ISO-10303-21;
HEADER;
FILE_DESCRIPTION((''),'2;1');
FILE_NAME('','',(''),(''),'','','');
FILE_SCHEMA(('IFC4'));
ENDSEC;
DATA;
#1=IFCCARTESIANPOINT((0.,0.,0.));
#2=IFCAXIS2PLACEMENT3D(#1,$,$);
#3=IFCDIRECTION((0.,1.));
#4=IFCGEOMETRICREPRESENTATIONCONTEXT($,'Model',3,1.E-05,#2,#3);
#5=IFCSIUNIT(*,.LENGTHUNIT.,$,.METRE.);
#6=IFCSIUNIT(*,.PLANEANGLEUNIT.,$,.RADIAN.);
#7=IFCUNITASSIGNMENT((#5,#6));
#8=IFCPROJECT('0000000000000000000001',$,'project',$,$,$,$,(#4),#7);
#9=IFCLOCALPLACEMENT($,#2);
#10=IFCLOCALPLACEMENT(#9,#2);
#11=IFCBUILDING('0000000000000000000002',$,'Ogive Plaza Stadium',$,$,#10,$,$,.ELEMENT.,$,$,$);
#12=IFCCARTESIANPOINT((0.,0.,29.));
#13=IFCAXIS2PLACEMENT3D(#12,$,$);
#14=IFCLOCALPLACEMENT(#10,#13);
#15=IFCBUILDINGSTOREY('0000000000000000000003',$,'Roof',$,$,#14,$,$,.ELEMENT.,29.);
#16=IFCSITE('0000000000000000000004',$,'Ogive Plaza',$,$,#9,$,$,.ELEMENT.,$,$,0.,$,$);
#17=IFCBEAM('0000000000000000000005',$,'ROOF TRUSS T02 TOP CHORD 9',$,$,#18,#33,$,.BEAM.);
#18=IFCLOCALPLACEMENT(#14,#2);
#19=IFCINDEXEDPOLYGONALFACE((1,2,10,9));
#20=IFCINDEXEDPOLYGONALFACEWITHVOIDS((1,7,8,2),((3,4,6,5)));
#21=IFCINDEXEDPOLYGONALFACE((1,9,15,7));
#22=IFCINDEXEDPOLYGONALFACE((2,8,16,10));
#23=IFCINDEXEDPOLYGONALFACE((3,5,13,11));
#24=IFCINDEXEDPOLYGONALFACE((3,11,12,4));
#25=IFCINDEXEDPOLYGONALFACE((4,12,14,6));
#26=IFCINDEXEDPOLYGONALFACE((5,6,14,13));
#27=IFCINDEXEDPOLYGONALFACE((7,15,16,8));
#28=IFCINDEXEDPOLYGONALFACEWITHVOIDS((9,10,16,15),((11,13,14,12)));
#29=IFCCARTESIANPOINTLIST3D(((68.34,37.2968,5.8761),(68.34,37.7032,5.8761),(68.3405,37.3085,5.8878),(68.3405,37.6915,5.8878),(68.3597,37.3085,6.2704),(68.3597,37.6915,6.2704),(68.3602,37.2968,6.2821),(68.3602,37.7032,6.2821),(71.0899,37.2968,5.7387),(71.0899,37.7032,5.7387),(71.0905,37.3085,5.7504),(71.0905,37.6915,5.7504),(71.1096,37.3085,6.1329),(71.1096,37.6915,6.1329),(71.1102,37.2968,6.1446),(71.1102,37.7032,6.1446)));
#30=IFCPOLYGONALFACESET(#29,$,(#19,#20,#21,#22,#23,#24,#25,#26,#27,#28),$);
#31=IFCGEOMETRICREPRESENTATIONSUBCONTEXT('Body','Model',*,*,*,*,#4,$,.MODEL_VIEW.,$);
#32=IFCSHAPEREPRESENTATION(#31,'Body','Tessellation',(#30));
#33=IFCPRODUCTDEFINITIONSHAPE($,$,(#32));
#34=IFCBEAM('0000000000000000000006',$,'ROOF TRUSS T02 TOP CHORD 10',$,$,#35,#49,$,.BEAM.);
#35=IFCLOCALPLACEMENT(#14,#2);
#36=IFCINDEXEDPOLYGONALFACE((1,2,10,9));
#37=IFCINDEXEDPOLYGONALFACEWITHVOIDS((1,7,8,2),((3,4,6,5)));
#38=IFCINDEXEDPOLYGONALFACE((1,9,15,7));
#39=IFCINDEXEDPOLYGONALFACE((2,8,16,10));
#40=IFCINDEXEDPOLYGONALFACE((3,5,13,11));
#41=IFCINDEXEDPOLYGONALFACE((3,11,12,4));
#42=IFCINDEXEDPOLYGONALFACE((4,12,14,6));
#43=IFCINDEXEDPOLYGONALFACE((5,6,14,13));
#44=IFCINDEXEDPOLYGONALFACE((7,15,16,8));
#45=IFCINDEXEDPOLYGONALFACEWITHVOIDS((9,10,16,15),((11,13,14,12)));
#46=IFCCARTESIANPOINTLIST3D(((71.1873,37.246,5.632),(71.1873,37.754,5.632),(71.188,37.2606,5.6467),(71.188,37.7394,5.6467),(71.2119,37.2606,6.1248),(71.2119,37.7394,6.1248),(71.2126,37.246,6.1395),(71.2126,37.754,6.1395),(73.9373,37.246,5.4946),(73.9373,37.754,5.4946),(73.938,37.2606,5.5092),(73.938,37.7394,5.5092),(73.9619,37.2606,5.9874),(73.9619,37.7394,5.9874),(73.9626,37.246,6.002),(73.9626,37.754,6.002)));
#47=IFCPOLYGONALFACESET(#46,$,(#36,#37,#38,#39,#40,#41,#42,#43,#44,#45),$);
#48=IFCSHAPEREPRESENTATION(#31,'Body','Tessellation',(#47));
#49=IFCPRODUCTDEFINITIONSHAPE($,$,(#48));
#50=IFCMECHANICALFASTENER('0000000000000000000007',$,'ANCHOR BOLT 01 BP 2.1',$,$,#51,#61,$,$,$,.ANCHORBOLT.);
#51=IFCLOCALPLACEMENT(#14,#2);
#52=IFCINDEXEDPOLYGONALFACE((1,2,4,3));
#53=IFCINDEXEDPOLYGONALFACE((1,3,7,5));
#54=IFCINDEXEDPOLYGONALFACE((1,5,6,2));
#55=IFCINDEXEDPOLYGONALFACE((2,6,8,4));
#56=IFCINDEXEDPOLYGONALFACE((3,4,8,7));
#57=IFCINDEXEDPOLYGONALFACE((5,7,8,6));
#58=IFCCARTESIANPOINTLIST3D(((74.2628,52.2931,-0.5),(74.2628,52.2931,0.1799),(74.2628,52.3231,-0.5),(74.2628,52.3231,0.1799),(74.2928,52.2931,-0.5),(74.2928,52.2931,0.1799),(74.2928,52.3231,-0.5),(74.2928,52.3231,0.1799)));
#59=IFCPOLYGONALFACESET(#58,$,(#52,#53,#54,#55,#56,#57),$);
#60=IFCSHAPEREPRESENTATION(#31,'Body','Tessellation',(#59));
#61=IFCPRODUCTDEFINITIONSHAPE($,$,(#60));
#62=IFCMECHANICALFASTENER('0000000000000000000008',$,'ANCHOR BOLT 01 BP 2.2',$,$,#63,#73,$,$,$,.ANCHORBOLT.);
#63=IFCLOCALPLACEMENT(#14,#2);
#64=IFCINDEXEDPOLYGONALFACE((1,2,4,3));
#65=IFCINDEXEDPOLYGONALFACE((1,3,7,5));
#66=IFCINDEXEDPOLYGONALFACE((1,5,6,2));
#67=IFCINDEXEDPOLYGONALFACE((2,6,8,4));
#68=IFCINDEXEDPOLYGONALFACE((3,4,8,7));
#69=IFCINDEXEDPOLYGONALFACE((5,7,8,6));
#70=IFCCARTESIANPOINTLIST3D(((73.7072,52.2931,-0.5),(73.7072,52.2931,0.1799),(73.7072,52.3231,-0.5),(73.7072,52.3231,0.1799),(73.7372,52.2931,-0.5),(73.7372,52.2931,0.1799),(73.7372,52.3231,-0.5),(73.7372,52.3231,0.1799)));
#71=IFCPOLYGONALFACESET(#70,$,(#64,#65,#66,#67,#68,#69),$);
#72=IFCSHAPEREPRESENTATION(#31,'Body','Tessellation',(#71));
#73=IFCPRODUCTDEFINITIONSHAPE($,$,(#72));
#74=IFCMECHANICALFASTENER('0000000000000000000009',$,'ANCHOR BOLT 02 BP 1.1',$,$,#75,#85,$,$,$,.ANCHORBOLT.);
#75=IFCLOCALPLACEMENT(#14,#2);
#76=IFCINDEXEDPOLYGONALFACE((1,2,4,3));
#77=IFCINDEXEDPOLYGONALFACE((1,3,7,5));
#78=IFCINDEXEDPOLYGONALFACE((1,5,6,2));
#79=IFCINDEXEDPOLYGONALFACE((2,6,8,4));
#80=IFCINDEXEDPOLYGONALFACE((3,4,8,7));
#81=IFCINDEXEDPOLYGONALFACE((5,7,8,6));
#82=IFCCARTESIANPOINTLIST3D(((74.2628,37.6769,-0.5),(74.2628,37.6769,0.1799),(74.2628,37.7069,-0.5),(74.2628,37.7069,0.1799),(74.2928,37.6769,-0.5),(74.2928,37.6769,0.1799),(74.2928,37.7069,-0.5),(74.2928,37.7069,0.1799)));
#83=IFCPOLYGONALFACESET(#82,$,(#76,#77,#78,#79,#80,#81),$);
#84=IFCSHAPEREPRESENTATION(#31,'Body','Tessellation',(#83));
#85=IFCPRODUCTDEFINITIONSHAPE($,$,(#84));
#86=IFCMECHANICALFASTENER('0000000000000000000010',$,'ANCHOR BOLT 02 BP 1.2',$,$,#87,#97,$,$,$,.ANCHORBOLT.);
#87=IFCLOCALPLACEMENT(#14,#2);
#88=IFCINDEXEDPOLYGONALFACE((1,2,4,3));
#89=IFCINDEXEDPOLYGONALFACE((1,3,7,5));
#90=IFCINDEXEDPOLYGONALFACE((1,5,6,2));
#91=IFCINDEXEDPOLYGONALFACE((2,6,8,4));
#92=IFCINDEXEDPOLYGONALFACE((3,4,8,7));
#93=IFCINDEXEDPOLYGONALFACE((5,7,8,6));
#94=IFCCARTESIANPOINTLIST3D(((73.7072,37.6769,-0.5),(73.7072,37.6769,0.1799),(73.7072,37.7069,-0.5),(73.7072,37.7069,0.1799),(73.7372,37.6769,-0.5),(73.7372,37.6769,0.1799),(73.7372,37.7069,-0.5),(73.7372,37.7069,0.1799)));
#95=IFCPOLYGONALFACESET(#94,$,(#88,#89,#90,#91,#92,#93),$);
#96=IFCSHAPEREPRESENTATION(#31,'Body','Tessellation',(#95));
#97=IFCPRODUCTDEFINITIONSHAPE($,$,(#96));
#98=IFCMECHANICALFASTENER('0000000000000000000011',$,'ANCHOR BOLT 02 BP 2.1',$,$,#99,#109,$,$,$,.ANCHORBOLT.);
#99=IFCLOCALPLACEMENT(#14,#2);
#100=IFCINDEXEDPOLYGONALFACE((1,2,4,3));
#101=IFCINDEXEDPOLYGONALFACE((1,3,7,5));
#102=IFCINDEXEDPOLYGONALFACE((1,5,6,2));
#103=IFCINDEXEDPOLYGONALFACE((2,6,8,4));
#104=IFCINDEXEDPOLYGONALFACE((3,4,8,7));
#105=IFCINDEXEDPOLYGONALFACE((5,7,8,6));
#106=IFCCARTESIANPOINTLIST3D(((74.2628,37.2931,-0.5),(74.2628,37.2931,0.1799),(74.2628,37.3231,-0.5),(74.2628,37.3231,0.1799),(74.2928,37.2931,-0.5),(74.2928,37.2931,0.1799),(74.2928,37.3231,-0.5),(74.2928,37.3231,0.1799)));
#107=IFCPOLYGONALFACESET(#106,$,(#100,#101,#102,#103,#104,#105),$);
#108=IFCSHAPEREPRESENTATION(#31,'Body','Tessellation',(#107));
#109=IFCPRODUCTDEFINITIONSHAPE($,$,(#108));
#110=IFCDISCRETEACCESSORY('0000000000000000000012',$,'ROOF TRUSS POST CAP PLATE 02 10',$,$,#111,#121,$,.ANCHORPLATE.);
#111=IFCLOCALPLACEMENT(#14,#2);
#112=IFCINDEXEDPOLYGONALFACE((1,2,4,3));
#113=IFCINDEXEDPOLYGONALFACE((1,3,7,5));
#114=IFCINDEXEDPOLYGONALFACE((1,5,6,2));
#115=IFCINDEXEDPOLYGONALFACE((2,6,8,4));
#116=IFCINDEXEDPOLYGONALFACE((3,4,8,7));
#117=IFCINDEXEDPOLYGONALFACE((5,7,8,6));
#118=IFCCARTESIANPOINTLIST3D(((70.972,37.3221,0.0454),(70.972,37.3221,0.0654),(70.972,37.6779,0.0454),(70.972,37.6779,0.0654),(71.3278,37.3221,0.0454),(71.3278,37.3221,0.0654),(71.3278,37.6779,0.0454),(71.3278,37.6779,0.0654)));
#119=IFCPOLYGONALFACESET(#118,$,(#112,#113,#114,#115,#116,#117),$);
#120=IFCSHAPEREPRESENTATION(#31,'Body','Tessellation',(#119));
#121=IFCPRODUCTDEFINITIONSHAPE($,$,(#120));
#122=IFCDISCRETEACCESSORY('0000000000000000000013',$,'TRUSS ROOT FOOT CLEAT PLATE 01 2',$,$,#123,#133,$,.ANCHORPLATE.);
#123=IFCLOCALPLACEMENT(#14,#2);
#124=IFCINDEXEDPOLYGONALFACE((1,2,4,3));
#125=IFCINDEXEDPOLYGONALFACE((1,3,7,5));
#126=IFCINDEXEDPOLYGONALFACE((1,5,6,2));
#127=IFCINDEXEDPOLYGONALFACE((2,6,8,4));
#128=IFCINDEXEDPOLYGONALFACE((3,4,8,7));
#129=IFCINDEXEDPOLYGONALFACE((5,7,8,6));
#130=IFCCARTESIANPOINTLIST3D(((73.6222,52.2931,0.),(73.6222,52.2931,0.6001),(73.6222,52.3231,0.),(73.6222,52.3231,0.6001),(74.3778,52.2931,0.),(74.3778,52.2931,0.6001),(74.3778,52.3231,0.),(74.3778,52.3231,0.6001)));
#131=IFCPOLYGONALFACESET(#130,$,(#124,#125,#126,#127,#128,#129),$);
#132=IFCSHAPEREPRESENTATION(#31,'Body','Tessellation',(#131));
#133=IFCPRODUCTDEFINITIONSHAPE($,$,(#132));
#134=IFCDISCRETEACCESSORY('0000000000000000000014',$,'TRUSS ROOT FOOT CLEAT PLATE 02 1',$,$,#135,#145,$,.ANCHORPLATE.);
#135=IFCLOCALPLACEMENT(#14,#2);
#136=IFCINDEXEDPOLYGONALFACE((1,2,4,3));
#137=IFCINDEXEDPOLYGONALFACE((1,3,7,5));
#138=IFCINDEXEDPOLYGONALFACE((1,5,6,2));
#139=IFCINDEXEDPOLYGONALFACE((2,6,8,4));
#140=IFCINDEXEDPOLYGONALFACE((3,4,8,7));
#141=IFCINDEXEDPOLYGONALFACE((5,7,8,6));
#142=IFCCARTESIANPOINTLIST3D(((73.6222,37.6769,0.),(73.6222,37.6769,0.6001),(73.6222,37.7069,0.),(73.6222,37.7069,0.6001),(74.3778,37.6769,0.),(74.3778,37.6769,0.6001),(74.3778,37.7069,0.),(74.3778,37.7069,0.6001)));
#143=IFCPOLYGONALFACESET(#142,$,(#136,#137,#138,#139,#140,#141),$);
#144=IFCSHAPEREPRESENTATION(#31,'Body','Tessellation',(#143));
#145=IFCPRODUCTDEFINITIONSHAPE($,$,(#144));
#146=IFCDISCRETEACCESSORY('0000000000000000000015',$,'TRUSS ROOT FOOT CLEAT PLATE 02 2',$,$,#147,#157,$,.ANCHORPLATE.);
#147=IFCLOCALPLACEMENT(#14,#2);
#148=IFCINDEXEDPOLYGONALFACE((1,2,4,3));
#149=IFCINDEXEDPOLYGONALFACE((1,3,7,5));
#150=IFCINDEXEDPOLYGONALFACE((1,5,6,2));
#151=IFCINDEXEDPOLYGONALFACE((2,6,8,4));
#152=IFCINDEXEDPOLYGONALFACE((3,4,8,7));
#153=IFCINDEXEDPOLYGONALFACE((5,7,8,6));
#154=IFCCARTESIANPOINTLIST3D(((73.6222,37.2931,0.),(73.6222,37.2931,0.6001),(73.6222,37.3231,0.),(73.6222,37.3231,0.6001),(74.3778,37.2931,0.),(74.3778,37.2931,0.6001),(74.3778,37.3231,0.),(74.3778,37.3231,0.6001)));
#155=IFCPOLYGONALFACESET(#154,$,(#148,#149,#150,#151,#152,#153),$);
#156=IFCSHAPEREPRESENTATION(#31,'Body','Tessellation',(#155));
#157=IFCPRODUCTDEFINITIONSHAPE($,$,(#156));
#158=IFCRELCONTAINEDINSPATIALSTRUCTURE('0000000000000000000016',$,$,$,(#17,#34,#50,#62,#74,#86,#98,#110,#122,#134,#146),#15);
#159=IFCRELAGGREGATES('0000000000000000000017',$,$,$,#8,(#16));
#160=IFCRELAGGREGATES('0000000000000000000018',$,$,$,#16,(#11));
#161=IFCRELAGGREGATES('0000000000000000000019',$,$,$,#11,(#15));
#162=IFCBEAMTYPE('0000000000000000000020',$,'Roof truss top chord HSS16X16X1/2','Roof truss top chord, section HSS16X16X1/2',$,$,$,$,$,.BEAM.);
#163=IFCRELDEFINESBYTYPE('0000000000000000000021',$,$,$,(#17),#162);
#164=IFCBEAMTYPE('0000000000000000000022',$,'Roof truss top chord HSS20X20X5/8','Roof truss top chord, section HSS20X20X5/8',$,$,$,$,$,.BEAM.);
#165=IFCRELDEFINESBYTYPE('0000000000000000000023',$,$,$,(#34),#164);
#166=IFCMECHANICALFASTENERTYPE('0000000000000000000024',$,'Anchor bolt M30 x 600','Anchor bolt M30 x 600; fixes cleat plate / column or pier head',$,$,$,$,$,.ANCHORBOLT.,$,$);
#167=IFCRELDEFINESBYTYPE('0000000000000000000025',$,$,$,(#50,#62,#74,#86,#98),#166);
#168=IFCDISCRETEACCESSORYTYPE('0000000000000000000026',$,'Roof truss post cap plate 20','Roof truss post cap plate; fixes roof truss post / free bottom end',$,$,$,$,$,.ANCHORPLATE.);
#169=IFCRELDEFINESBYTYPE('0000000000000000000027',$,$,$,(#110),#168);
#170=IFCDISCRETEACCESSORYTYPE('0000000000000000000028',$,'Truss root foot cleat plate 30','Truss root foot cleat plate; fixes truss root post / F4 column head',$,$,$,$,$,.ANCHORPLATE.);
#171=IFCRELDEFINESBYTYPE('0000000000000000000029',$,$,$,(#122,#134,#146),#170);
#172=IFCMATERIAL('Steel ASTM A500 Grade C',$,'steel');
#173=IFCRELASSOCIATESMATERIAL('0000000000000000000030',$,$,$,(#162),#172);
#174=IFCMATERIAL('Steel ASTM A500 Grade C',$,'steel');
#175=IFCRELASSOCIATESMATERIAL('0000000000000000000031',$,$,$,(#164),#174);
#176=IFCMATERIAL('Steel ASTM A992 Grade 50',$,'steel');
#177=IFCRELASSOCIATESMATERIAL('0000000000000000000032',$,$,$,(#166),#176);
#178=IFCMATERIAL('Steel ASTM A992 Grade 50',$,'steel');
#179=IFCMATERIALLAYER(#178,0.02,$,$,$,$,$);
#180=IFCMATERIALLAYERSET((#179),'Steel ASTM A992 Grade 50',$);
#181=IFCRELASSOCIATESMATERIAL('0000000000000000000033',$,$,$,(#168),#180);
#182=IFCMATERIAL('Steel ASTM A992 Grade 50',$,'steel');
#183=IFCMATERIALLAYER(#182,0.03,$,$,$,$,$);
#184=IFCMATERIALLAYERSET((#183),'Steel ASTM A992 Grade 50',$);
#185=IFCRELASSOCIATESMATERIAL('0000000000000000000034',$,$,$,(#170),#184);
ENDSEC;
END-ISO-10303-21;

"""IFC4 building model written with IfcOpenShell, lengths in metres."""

from ifc_helpers import new_model, si_unit, direction, frame, origin, origin_2d, place, context, subcontext, project, spatial, rectangle, hollow_rectangle, extrude, material, layer, layer_set, material_profile, profile_set, type_object, element, save


model = new_model("IFC4")

# Units and contexts
model_context = context("Model", 3, precision=1e-05, world=origin(), true_north=direction((0.0, 1.0)))
body_context = subcontext(model_context, "Body", "Model", "MODEL_VIEW")
ifc_project = project(units=[si_unit("LENGTHUNIT", "METRE"), si_unit("PLANEANGLEUNIT", "RADIAN")], contexts=[model_context])

# Site, building, storey
site_placement = place(None, origin())
site = spatial("IfcSite", under=ifc_project, at=site_placement, Name="Ogive Plaza", CompositionType="ELEMENT", RefElevation=0.0)
building_placement = place(site_placement, origin())
building = spatial("IfcBuilding", under=site, at=building_placement, Name="Ogive Plaza Stadium", CompositionType="ELEMENT")
storey_placement = place(building_placement, frame((0.0, 0.0, 29.0)))
storey = spatial("IfcBuildingStorey", under=building, at=storey_placement, Name="Roof", CompositionType="ELEMENT", Elevation=29.0)

# Beams
ifc_material_1 = material(Name="Steel ASTM A500 Grade C", Category="steel")
ifc_material_profile_1 = material_profile(ifc_material_1, hollow_rectangle(XDim=0.4065, YDim=0.4065, WallThickness=0.0117, at=origin_2d()), Name="HSS16X16X1/2")
ifc_profile_set_1 = profile_set([ifc_material_profile_1], Name="Steel ASTM A500 Grade C")
beam_type_1 = type_object("IfcBeamType", Name="Roof truss top chord HSS16X16X1/2", Description="Roof truss top chord, section HSS16X16X1/2", PredefinedType="BEAM", material=ifc_profile_set_1)
beam_1_placement = place(storey_placement, frame((68.3501, 37.5, 6.0791), z_axis=(0.998753, 0.0, -0.04992), x_axis=(0.0, 1.0, 0.0)))
element("IfcBeam", 1, at=beam_1_placement, inside=storey, type_object=beam_type_1, Name="ROOF TRUSS T02 TOP CHORD 9", PredefinedType="BEAM", context=body_context, shape_type="SweptSolid", body=[
    extrude(hollow_rectangle(XDim=0.4065, YDim=0.4065, WallThickness=0.0117, at=origin_2d()), origin(), (0.0, 0.0, 1.0), 2.7534),
])
ifc_material_2 = material(Name="Steel ASTM A500 Grade C", Category="steel")
ifc_material_profile_2 = material_profile(ifc_material_2, hollow_rectangle(XDim=0.5081, YDim=0.5081, WallThickness=0.0146, at=origin_2d()), Name="HSS20X20X5/8")
ifc_profile_set_2 = profile_set([ifc_material_profile_2], Name="Steel ASTM A500 Grade C")
beam_type_2 = type_object("IfcBeamType", Name="Roof truss top chord HSS20X20X5/8", Description="Roof truss top chord, section HSS20X20X5/8", PredefinedType="BEAM", material=ifc_profile_set_2)
beam_2_placement = place(storey_placement, frame((71.2, 37.5, 5.8857), z_axis=(0.998753, 0.0, -0.04992), x_axis=(0.0, 1.0, 0.0)))
element("IfcBeam", 2, at=beam_2_placement, inside=storey, type_object=beam_type_2, Name="ROOF TRUSS T02 TOP CHORD 10", PredefinedType="BEAM", context=body_context, shape_type="SweptSolid", body=[
    extrude(hollow_rectangle(XDim=0.5081, YDim=0.5081, WallThickness=0.0146, at=origin_2d()), origin(), (0.0, 0.0, 1.0), 2.7534),
])

# Mechanical fasteners
ifc_material_3 = material(Name="Steel ASTM A992 Grade 50", Category="steel")
mechanical_fastener_type = type_object("IfcMechanicalFastenerType", Name="Anchor bolt M30 x 600", Description="Anchor bolt M30 x 600; fixes cleat plate / column or pier head", PredefinedType="ANCHORBOLT", material=ifc_material_3)
for number, where, z_axis, x_axis, name in (
    (3, (74.2778, 52.3081, -0.5), (0.0, 0.0, 1.0), (1.0, 0.0, 0.0), "ANCHOR BOLT 01 BP 2.1"),
    (4, (73.7222, 52.3081, -0.5), (0.0, 0.0, 1.0), (1.0, 0.0, 0.0), "ANCHOR BOLT 01 BP 2.2"),
    (5, (74.2778, 37.6919, -0.5), (0.0, 0.0, 1.0), (1.0, 0.0, 0.0), "ANCHOR BOLT 02 BP 1.1"),
    (6, (73.7222, 37.6919, -0.5), (0.0, 0.0, 1.0), (1.0, 0.0, 0.0), "ANCHOR BOLT 02 BP 1.2"),
    (7, (74.2778, 37.3081, -0.5), (0.0, 0.0, 1.0), (1.0, 0.0, 0.0), "ANCHOR BOLT 02 BP 2.1"),
):
    element("IfcMechanicalFastener", number, at=place(storey_placement, frame(where, z_axis=z_axis, x_axis=x_axis)), inside=storey, type_object=mechanical_fastener_type, Name=name, PredefinedType="ANCHORBOLT", context=body_context, shape_type="SweptSolid", body=[
        extrude(rectangle(XDim=0.03, YDim=0.03, at=origin_2d()), origin(), (0.0, 0.0, 1.0), 0.6799),
    ])

# Discrete accessories
ifc_material_4 = material(Name="Steel ASTM A992 Grade 50", Category="steel")
ifc_layer_1 = layer(ifc_material_4, 0.02)
ifc_layer_set_1 = layer_set([ifc_layer_1], Name="Steel ASTM A992 Grade 50")
discrete_accessory_type_1 = type_object("IfcDiscreteAccessoryType", Name="Roof truss post cap plate 20", Description="Roof truss post cap plate; fixes roof truss post / free bottom end", PredefinedType="ANCHORPLATE", material=ifc_layer_set_1)
discrete_accessory_placement = place(storey_placement, frame((71.1499, 37.5, 0.0454), z_axis=(0.0, 0.0, 1.0), x_axis=(1.0, 0.0, 0.0)))
element("IfcDiscreteAccessory", 8, at=discrete_accessory_placement, inside=storey, type_object=discrete_accessory_type_1, Name="ROOF TRUSS POST CAP PLATE 02 10", PredefinedType="ANCHORPLATE", context=body_context, shape_type="SweptSolid", body=[
    extrude(rectangle(XDim=0.3557, YDim=0.3557, at=origin_2d()), origin(), (0.0, 0.0, 1.0), 0.02),
])
ifc_material_5 = material(Name="Steel ASTM A992 Grade 50", Category="steel")
ifc_layer_2 = layer(ifc_material_5, 0.03)
ifc_layer_set_2 = layer_set([ifc_layer_2], Name="Steel ASTM A992 Grade 50")
discrete_accessory_type_2 = type_object("IfcDiscreteAccessoryType", Name="Truss root foot cleat plate 30", Description="Truss root foot cleat plate; fixes truss root post / F4 column head", PredefinedType="ANCHORPLATE", material=ifc_layer_set_2)
for number, where, z_axis, x_axis, name in (
    (9, (74.0, 52.3081, 0.0), (0.0, 0.0, 1.0), (1.0, 0.0, 0.0), "TRUSS ROOT FOOT CLEAT PLATE 01 2"),
    (10, (74.0, 37.6919, 0.0), (0.0, 0.0, 1.0), (1.0, 0.0, 0.0), "TRUSS ROOT FOOT CLEAT PLATE 02 1"),
    (11, (74.0, 37.3081, 0.0), (0.0, 0.0, 1.0), (1.0, 0.0, 0.0), "TRUSS ROOT FOOT CLEAT PLATE 02 2"),
):
    element("IfcDiscreteAccessory", number, at=place(storey_placement, frame(where, z_axis=z_axis, x_axis=x_axis)), inside=storey, type_object=discrete_accessory_type_2, Name=name, PredefinedType="ANCHORPLATE", context=body_context, shape_type="SweptSolid", body=[
        extrude(rectangle(XDim=0.7556, YDim=0.03, at=origin_2d()), origin(), (0.0, 0.0, 1.0), 0.6001),
    ])

save(model, "model.ifc")
